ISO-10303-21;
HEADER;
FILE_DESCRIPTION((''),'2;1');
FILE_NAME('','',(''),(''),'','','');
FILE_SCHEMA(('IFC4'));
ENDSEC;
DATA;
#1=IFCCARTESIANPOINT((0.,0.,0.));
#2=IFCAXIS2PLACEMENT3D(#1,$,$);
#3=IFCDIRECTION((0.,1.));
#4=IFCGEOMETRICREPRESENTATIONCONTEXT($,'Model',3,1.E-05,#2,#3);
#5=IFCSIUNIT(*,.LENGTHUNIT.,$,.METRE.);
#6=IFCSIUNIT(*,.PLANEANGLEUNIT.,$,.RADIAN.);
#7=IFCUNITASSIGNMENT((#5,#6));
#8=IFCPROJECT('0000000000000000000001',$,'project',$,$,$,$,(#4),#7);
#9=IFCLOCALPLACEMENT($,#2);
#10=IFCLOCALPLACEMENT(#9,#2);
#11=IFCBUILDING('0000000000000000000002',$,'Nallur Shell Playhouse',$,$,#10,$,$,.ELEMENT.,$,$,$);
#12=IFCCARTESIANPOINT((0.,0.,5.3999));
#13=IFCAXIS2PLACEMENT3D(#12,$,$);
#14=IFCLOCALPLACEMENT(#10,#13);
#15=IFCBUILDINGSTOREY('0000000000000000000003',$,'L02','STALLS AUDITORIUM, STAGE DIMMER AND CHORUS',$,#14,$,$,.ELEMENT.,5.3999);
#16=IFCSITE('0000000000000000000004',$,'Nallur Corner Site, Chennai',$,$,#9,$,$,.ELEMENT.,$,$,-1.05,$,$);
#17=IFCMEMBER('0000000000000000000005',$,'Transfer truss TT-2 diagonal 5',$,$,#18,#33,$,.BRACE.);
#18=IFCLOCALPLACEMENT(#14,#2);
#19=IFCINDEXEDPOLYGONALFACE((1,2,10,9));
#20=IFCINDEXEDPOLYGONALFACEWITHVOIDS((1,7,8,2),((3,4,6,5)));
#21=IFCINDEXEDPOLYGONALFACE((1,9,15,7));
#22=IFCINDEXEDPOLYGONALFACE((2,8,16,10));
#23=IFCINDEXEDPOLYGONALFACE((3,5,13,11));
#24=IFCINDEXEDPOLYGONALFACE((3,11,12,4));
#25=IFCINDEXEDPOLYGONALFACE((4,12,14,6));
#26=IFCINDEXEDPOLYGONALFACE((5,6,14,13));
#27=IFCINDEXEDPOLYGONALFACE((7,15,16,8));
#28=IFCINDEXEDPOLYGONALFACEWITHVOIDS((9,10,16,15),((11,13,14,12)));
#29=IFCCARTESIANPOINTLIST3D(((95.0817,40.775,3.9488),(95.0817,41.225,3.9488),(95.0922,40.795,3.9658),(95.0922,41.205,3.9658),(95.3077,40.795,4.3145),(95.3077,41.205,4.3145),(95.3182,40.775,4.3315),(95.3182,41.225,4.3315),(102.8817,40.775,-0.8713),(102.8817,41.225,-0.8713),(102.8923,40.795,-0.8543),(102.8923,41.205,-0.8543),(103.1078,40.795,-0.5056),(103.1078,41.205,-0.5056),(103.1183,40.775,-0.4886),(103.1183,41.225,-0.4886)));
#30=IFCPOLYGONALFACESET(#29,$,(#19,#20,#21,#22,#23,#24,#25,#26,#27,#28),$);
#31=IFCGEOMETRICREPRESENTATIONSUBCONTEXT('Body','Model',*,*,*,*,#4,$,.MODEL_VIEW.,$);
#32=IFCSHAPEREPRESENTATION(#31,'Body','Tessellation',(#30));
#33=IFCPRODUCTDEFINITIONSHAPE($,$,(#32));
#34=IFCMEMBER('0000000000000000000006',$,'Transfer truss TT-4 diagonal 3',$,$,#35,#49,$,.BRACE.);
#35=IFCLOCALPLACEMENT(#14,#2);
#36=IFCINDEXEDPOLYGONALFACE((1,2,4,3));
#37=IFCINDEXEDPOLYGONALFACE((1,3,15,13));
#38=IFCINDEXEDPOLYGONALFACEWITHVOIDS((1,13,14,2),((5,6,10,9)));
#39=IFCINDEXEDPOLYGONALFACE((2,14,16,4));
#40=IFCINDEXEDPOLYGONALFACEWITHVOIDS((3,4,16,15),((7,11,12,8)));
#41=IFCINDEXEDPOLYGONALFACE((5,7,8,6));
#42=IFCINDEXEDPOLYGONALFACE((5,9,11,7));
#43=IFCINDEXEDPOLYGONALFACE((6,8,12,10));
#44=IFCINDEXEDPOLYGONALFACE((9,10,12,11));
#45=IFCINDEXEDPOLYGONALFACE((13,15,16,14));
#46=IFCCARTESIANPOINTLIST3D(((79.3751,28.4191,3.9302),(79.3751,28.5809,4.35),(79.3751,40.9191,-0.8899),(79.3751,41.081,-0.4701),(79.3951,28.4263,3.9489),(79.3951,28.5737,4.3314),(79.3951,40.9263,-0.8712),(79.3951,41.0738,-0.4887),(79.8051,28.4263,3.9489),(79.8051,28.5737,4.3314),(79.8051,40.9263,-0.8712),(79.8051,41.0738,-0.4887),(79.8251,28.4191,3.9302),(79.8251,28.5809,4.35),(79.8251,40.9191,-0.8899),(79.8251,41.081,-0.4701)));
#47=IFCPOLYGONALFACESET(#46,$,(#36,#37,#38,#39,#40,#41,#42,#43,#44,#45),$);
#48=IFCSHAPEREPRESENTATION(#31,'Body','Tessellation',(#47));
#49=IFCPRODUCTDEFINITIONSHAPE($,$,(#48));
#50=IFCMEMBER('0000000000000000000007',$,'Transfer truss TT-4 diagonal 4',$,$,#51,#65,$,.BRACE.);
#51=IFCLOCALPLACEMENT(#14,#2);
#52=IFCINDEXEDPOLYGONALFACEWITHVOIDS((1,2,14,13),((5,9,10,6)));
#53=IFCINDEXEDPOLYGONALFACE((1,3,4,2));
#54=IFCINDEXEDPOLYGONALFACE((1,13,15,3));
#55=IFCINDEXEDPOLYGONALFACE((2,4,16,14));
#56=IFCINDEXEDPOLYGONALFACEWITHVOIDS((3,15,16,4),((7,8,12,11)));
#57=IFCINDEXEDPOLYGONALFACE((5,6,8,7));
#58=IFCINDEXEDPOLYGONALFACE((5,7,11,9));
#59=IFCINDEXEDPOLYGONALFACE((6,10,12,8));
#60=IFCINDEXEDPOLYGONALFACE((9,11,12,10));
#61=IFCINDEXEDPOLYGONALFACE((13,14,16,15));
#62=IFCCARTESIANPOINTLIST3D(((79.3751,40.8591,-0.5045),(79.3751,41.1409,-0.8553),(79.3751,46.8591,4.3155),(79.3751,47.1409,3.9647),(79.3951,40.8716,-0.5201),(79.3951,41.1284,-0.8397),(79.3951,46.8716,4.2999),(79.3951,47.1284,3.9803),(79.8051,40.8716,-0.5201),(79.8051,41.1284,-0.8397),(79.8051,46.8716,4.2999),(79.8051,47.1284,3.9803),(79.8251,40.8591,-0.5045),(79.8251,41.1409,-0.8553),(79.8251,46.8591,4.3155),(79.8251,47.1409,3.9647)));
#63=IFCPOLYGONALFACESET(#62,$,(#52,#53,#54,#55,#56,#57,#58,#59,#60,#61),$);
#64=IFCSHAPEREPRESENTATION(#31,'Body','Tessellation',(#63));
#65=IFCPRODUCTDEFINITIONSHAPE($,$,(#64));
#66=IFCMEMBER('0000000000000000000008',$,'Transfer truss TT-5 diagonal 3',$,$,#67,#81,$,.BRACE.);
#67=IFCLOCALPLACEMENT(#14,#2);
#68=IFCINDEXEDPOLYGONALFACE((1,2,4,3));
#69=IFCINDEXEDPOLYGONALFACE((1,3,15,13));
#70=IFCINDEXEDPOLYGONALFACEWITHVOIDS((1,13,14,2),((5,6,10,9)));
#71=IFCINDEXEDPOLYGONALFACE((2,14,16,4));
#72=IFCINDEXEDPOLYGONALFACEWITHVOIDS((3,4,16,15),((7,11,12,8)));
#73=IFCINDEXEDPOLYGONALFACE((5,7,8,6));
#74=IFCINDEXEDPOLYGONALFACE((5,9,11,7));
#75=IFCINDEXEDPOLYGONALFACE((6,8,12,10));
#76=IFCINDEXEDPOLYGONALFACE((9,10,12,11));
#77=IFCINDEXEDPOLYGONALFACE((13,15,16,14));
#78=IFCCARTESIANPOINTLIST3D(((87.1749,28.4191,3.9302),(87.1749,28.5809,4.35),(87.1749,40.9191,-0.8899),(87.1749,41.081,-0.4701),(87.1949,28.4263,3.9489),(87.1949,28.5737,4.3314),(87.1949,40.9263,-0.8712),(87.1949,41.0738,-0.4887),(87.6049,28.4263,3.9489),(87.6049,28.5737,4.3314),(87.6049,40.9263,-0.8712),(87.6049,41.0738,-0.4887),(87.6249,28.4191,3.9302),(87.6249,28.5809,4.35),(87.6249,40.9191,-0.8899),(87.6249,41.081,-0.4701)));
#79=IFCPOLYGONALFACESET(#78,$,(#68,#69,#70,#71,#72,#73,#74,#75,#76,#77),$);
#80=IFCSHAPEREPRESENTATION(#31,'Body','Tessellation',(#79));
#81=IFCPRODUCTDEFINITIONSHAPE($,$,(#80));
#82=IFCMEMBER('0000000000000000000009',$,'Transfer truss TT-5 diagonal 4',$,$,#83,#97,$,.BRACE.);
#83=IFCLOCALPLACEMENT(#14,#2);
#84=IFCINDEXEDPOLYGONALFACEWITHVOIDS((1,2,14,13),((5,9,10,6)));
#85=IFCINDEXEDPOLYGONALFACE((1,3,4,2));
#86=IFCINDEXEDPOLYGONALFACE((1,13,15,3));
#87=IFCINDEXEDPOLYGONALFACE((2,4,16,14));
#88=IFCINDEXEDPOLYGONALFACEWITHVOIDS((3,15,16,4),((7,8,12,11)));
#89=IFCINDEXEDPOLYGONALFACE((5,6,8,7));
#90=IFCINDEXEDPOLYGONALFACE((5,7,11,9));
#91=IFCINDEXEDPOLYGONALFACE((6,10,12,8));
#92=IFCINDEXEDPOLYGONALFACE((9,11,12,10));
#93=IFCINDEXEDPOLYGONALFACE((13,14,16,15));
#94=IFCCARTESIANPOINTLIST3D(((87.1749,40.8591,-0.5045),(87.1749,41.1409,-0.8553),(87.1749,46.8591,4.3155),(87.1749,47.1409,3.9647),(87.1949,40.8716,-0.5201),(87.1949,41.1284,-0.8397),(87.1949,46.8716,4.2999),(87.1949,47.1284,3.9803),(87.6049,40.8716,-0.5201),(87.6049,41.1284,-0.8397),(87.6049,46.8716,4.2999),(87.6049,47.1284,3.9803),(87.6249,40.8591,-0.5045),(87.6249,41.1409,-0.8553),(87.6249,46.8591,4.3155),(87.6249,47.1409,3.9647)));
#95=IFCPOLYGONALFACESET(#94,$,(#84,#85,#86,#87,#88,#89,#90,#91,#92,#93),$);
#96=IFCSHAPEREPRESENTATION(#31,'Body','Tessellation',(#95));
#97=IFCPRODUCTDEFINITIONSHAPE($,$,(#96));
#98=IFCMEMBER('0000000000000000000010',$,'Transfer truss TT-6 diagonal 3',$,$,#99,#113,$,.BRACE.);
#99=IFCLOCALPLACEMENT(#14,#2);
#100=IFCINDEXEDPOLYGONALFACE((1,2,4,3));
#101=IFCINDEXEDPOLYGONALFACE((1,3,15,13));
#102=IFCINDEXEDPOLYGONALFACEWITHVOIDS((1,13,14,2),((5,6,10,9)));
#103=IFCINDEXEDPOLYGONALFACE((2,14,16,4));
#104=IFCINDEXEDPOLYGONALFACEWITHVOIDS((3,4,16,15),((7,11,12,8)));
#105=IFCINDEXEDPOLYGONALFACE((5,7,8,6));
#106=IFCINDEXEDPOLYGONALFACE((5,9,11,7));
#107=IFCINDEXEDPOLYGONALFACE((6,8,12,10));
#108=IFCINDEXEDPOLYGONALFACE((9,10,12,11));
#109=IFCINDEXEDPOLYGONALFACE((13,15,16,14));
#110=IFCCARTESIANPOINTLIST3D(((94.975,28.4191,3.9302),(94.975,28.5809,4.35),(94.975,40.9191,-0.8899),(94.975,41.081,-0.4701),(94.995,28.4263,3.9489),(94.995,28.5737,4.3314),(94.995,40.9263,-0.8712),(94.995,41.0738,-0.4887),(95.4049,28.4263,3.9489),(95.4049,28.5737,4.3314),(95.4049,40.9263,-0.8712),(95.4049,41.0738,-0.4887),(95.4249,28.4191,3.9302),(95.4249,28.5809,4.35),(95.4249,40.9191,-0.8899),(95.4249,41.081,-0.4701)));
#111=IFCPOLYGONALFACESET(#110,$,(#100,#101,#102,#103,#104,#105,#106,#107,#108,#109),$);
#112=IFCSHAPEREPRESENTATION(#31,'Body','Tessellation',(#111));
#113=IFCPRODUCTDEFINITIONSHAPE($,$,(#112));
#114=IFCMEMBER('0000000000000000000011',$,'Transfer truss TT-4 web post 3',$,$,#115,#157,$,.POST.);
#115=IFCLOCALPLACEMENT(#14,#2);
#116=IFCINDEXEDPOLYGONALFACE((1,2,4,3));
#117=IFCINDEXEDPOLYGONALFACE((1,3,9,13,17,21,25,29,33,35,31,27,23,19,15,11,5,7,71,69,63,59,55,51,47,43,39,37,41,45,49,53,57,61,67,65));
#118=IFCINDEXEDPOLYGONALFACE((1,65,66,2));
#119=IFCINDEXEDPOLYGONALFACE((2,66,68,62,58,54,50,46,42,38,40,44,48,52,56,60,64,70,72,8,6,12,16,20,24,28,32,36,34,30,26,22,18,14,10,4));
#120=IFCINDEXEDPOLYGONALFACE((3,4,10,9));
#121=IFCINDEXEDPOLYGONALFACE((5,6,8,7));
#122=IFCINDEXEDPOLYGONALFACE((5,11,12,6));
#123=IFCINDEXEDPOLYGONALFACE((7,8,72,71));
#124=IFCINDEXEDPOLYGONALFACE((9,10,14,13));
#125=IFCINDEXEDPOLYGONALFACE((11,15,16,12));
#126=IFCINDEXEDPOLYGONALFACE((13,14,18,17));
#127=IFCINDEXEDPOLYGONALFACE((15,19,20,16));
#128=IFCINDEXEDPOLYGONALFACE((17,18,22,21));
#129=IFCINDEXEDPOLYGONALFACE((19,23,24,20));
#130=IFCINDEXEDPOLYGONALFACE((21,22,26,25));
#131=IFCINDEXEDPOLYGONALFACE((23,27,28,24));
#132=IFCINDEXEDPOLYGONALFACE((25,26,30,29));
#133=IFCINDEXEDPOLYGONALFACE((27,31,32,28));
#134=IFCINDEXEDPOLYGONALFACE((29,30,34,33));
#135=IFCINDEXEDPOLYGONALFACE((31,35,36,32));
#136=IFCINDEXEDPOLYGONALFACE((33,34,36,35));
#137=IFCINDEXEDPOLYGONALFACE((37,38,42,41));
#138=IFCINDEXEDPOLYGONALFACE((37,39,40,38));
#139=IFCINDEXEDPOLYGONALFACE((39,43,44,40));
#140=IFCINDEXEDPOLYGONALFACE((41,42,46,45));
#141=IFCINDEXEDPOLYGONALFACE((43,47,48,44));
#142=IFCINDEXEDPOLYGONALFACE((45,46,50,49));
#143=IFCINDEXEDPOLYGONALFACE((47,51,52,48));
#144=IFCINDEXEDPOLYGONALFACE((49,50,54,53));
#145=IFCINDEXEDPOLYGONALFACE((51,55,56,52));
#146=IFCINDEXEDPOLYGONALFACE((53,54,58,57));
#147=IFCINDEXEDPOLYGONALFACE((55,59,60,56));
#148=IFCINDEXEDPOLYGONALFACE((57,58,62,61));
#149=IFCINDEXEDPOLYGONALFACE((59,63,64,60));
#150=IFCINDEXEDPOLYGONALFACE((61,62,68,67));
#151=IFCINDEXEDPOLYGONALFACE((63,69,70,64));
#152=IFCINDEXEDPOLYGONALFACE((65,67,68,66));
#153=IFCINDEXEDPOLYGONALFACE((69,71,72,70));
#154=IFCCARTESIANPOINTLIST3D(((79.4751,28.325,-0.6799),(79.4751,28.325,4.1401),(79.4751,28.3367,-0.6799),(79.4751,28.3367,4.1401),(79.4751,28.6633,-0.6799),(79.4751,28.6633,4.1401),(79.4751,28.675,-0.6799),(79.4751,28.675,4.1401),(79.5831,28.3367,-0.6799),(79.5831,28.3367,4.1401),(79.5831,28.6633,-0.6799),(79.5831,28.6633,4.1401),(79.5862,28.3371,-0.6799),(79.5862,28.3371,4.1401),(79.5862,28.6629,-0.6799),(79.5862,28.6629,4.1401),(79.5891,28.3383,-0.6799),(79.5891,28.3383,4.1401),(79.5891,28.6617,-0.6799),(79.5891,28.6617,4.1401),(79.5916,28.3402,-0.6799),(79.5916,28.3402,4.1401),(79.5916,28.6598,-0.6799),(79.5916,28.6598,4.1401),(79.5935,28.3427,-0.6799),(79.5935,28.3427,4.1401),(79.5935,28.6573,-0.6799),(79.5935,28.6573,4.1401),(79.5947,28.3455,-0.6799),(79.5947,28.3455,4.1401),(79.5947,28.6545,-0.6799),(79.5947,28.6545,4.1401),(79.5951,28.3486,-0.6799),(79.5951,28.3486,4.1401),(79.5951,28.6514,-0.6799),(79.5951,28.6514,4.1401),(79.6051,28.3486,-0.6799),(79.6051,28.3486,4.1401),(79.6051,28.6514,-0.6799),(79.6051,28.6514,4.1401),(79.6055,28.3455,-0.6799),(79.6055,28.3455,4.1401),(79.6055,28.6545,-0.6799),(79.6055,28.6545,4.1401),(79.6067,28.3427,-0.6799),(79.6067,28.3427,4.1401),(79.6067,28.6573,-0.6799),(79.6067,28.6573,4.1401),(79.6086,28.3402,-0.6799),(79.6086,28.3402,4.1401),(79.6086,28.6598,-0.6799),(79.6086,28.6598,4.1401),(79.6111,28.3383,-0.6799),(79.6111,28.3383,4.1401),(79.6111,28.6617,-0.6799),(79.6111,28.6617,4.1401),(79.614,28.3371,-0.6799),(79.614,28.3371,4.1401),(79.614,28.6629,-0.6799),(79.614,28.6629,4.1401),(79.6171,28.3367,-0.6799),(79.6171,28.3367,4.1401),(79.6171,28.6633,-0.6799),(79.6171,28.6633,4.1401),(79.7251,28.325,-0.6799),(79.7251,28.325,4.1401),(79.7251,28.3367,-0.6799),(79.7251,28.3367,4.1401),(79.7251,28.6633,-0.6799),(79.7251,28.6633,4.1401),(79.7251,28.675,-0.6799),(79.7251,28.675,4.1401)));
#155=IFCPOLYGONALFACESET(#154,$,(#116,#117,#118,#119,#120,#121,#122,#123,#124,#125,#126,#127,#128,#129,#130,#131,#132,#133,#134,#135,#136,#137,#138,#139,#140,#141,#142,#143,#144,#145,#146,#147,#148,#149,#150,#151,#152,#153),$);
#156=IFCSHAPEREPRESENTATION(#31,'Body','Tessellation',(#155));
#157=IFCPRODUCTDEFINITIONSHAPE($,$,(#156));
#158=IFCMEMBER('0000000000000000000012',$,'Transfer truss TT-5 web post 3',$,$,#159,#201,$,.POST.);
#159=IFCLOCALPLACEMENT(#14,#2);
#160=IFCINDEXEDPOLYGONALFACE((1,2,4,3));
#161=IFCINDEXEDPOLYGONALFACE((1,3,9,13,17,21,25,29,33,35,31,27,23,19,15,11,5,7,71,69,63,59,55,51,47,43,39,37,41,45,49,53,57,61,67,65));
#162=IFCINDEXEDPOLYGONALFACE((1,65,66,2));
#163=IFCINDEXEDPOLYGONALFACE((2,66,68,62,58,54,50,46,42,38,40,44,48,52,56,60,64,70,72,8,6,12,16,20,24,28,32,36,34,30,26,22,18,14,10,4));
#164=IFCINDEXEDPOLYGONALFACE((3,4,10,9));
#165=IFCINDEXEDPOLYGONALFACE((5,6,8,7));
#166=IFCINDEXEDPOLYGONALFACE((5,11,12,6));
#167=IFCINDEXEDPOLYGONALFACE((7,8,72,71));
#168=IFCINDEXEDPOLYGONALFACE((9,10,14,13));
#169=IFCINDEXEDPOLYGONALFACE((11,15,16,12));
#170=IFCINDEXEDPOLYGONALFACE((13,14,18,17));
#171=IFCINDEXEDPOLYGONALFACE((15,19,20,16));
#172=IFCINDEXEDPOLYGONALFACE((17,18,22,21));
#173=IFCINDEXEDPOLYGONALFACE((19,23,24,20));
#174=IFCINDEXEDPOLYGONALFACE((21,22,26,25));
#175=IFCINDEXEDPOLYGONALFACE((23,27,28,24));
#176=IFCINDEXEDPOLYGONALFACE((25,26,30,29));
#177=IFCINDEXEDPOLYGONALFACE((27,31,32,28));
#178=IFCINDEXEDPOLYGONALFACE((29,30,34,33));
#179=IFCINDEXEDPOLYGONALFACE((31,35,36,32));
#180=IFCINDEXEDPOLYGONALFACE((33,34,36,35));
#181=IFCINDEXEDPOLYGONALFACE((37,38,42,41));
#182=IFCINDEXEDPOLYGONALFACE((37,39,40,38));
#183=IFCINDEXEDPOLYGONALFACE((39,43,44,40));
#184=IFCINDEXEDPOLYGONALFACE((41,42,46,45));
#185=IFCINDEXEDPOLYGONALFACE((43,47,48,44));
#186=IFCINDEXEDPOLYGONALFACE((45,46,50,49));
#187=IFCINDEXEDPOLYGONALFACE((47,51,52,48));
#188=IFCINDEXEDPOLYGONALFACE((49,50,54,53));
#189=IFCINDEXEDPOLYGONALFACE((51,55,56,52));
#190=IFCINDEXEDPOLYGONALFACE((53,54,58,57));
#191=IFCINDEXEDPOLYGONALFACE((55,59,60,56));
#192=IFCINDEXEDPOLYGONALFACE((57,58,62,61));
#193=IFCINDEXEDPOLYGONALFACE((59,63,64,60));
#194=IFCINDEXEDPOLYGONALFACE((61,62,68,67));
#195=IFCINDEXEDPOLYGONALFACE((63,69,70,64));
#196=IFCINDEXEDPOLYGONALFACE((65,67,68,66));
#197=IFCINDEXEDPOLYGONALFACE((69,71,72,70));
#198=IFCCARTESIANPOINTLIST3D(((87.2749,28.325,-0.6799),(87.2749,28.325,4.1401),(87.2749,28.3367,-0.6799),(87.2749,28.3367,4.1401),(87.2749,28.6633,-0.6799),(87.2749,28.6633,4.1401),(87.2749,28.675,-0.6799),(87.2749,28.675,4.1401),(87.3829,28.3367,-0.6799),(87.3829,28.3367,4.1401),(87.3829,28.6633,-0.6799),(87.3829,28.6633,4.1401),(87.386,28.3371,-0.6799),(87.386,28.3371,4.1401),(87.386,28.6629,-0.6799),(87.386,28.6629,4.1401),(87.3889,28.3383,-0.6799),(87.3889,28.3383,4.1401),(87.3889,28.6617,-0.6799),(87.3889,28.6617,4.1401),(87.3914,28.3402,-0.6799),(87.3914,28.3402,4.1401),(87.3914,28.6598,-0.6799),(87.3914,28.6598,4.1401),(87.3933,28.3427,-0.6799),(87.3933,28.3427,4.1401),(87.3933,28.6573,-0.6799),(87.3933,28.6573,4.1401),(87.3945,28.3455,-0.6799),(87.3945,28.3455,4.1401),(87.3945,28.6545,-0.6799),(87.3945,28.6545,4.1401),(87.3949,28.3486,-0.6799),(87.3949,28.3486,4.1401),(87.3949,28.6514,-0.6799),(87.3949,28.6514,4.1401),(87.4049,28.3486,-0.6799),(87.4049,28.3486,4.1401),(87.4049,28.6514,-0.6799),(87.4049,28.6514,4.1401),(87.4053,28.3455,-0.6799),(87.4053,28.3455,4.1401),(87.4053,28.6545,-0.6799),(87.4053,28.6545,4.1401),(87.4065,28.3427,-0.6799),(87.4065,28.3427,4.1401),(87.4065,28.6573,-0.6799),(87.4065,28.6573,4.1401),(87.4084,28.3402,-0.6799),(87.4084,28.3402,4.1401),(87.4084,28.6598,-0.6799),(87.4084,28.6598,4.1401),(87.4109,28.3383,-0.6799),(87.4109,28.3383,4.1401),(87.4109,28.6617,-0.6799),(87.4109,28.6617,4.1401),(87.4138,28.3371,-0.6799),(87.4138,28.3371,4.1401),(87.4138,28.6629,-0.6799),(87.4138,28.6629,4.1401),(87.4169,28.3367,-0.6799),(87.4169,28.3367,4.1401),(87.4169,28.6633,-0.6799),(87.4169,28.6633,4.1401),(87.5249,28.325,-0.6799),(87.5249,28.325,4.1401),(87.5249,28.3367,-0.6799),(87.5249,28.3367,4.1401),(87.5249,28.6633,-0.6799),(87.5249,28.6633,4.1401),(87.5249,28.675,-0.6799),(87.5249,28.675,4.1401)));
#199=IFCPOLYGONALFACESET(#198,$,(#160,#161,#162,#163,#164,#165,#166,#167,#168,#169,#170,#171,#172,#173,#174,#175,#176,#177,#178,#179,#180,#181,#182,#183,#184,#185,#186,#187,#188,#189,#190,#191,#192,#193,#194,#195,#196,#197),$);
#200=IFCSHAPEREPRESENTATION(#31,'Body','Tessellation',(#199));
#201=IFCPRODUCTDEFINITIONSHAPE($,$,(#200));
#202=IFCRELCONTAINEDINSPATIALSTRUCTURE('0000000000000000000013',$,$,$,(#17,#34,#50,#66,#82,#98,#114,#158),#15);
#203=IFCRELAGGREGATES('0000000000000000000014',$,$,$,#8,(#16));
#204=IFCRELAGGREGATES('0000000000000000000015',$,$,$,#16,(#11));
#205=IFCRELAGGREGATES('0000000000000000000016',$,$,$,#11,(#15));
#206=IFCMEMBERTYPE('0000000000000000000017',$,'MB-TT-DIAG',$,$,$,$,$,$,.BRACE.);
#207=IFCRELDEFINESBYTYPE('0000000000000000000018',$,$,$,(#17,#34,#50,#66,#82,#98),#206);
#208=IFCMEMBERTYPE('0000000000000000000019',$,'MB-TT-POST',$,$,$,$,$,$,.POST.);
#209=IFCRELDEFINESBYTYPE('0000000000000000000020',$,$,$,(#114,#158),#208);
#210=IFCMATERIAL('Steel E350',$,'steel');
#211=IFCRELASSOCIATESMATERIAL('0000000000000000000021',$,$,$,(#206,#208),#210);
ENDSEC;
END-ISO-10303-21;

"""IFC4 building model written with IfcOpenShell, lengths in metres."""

from ifc_helpers import new_model, si_unit, direction, frame, origin, origin_2d, place, context, subcontext, project, spatial, hollow_rectangle, i_section, extrude, material, material_profile, profile_set, type_object, element, save


model = new_model("IFC4")

# Units and contexts
model_context = context("Model", 3, precision=1e-05, world=origin(), true_north=direction((0.0, 1.0)))
body_context = subcontext(model_context, "Body", "Model", "MODEL_VIEW")
ifc_project = project(units=[si_unit("LENGTHUNIT", "METRE"), si_unit("PLANEANGLEUNIT", "RADIAN")], contexts=[model_context])

# Site, building, storey
site_placement = place(None, origin())
site = spatial("IfcSite", under=ifc_project, at=site_placement, Name="Nallur Corner Site, Chennai", CompositionType="ELEMENT", RefElevation=-1.05)
building_placement = place(site_placement, origin())
building = spatial("IfcBuilding", under=site, at=building_placement, Name="Nallur Shell Playhouse", CompositionType="ELEMENT")
storey_placement = place(building_placement, frame((0.0, 0.0, 5.3999)))
storey = spatial("IfcBuildingStorey", under=building, at=storey_placement, Name="L02", Description="STALLS AUDITORIUM, STAGE DIMMER AND CHORUS", CompositionType="ELEMENT", Elevation=5.3999)

# Shared definitions
ifc_material_1 = material(Name="Steel E350", Category="steel")

# Members
ifc_material_profile_1 = material_profile(ifc_material_1, hollow_rectangle(XDim=0.45, YDim=0.45, WallThickness=0.02, at=origin_2d()), Name="BOX 450x450x20")
ifc_profile_set_1 = profile_set([ifc_material_profile_1], Name="Steel E350")
member_type_1 = type_object("IfcMemberType", Name="MB-TT-DIAG", PredefinedType="BRACE", material=ifc_profile_set_1)
for number, where, z_axis, x_axis, name in (
    (1, (95.2, 41.0, 4.1401), (0.850681, 0.0, -0.525682), (0.0, 1.0, 0.0), "Transfer truss TT-2 diagonal 5"),
):
    element("IfcMember", number, at=place(storey_placement, frame(where, z_axis=z_axis, x_axis=x_axis)), inside=storey, type_object=member_type_1, Name=name, PredefinedType="BRACE", context=body_context, shape_type="SweptSolid", body=[
        extrude(hollow_rectangle(XDim=0.45, YDim=0.45, WallThickness=0.02, at=origin_2d()), origin(), (0.0, 0.0, 1.0), 9.1692),
    ])
member_1_placement = place(storey_placement, frame((79.6001, 28.5, 4.1401), z_axis=(0.0, 0.933036, -0.359784), x_axis=(-1.0, 0.0, 0.0)))
element("IfcMember", 2, at=member_1_placement, inside=storey, type_object=member_type_1, Name="Transfer truss TT-4 diagonal 3", PredefinedType="BRACE", context=body_context, shape_type="SweptSolid", body=[
    extrude(hollow_rectangle(XDim=0.45, YDim=0.45, WallThickness=0.02, at=origin_2d()), origin(), (0.0, 0.0, 1.0), 13.3972),
])
member_2_placement = place(storey_placement, frame((79.6001, 41.0, -0.6799), z_axis=(0.0, 0.779595, 0.626284), x_axis=(-1.0, 0.0, 0.0)))
element("IfcMember", 3, at=member_2_placement, inside=storey, type_object=member_type_1, Name="Transfer truss TT-4 diagonal 4", PredefinedType="BRACE", context=body_context, shape_type="SweptSolid", body=[
    extrude(hollow_rectangle(XDim=0.45, YDim=0.45, WallThickness=0.02, at=origin_2d()), origin(), (0.0, 0.0, 1.0), 7.6963),
])
member_3_placement = place(storey_placement, frame((87.3999, 28.5, 4.1401), z_axis=(0.0, 0.933036, -0.359784), x_axis=(-1.0, 0.0, 0.0)))
element("IfcMember", 4, at=member_3_placement, inside=storey, type_object=member_type_1, Name="Transfer truss TT-5 diagonal 3", PredefinedType="BRACE", context=body_context, shape_type="SweptSolid", body=[
    extrude(hollow_rectangle(XDim=0.45, YDim=0.45, WallThickness=0.02, at=origin_2d()), origin(), (0.0, 0.0, 1.0), 13.3972),
])
member_4_placement = place(storey_placement, frame((87.3999, 41.0, -0.6799), z_axis=(0.0, 0.779595, 0.626284), x_axis=(-1.0, 0.0, 0.0)))
element("IfcMember", 5, at=member_4_placement, inside=storey, type_object=member_type_1, Name="Transfer truss TT-5 diagonal 4", PredefinedType="BRACE", context=body_context, shape_type="SweptSolid", body=[
    extrude(hollow_rectangle(XDim=0.45, YDim=0.45, WallThickness=0.02, at=origin_2d()), origin(), (0.0, 0.0, 1.0), 7.6963),
])
member_5_placement = place(storey_placement, frame((95.2, 28.5, 4.1401), z_axis=(0.0, 0.933036, -0.359784), x_axis=(-1.0, 0.0, 0.0)))
element("IfcMember", 6, at=member_5_placement, inside=storey, type_object=member_type_1, Name="Transfer truss TT-6 diagonal 3", PredefinedType="BRACE", context=body_context, shape_type="SweptSolid", body=[
    extrude(hollow_rectangle(XDim=0.45, YDim=0.45, WallThickness=0.02, at=origin_2d()), origin(), (0.0, 0.0, 1.0), 13.3972),
])
ifc_material_profile_2 = material_profile(ifc_material_1, i_section(OverallWidth=0.25, OverallDepth=0.3501, WebThickness=0.01, FlangeThickness=0.0117, FilletRadius=0.012, at=origin_2d()), Name="ISHB 350")
ifc_profile_set_2 = profile_set([ifc_material_profile_2], Name="Steel E350")
member_type_2 = type_object("IfcMemberType", Name="MB-TT-POST", PredefinedType="POST", material=ifc_profile_set_2)
for number, where, z_axis, x_axis, name in (
    (7, (79.6001, 28.5, -0.6799), (0.0, 0.0, 1.0), (1.0, 0.0, 0.0), "Transfer truss TT-4 web post 3"),
    (8, (87.3999, 28.5, -0.6799), (0.0, 0.0, 1.0), (1.0, 0.0, 0.0), "Transfer truss TT-5 web post 3"),
):
    element("IfcMember", number, at=place(storey_placement, frame(where, z_axis=z_axis, x_axis=x_axis)), inside=storey, type_object=member_type_2, Name=name, PredefinedType="POST", context=body_context, shape_type="SweptSolid", body=[
        extrude(i_section(OverallWidth=0.25, OverallDepth=0.3501, WebThickness=0.01, FlangeThickness=0.0117, FilletRadius=0.012, at=origin_2d()), origin(), (0.0, 0.0, 1.0), 4.8201),
    ])

save(model, "model.ifc")
